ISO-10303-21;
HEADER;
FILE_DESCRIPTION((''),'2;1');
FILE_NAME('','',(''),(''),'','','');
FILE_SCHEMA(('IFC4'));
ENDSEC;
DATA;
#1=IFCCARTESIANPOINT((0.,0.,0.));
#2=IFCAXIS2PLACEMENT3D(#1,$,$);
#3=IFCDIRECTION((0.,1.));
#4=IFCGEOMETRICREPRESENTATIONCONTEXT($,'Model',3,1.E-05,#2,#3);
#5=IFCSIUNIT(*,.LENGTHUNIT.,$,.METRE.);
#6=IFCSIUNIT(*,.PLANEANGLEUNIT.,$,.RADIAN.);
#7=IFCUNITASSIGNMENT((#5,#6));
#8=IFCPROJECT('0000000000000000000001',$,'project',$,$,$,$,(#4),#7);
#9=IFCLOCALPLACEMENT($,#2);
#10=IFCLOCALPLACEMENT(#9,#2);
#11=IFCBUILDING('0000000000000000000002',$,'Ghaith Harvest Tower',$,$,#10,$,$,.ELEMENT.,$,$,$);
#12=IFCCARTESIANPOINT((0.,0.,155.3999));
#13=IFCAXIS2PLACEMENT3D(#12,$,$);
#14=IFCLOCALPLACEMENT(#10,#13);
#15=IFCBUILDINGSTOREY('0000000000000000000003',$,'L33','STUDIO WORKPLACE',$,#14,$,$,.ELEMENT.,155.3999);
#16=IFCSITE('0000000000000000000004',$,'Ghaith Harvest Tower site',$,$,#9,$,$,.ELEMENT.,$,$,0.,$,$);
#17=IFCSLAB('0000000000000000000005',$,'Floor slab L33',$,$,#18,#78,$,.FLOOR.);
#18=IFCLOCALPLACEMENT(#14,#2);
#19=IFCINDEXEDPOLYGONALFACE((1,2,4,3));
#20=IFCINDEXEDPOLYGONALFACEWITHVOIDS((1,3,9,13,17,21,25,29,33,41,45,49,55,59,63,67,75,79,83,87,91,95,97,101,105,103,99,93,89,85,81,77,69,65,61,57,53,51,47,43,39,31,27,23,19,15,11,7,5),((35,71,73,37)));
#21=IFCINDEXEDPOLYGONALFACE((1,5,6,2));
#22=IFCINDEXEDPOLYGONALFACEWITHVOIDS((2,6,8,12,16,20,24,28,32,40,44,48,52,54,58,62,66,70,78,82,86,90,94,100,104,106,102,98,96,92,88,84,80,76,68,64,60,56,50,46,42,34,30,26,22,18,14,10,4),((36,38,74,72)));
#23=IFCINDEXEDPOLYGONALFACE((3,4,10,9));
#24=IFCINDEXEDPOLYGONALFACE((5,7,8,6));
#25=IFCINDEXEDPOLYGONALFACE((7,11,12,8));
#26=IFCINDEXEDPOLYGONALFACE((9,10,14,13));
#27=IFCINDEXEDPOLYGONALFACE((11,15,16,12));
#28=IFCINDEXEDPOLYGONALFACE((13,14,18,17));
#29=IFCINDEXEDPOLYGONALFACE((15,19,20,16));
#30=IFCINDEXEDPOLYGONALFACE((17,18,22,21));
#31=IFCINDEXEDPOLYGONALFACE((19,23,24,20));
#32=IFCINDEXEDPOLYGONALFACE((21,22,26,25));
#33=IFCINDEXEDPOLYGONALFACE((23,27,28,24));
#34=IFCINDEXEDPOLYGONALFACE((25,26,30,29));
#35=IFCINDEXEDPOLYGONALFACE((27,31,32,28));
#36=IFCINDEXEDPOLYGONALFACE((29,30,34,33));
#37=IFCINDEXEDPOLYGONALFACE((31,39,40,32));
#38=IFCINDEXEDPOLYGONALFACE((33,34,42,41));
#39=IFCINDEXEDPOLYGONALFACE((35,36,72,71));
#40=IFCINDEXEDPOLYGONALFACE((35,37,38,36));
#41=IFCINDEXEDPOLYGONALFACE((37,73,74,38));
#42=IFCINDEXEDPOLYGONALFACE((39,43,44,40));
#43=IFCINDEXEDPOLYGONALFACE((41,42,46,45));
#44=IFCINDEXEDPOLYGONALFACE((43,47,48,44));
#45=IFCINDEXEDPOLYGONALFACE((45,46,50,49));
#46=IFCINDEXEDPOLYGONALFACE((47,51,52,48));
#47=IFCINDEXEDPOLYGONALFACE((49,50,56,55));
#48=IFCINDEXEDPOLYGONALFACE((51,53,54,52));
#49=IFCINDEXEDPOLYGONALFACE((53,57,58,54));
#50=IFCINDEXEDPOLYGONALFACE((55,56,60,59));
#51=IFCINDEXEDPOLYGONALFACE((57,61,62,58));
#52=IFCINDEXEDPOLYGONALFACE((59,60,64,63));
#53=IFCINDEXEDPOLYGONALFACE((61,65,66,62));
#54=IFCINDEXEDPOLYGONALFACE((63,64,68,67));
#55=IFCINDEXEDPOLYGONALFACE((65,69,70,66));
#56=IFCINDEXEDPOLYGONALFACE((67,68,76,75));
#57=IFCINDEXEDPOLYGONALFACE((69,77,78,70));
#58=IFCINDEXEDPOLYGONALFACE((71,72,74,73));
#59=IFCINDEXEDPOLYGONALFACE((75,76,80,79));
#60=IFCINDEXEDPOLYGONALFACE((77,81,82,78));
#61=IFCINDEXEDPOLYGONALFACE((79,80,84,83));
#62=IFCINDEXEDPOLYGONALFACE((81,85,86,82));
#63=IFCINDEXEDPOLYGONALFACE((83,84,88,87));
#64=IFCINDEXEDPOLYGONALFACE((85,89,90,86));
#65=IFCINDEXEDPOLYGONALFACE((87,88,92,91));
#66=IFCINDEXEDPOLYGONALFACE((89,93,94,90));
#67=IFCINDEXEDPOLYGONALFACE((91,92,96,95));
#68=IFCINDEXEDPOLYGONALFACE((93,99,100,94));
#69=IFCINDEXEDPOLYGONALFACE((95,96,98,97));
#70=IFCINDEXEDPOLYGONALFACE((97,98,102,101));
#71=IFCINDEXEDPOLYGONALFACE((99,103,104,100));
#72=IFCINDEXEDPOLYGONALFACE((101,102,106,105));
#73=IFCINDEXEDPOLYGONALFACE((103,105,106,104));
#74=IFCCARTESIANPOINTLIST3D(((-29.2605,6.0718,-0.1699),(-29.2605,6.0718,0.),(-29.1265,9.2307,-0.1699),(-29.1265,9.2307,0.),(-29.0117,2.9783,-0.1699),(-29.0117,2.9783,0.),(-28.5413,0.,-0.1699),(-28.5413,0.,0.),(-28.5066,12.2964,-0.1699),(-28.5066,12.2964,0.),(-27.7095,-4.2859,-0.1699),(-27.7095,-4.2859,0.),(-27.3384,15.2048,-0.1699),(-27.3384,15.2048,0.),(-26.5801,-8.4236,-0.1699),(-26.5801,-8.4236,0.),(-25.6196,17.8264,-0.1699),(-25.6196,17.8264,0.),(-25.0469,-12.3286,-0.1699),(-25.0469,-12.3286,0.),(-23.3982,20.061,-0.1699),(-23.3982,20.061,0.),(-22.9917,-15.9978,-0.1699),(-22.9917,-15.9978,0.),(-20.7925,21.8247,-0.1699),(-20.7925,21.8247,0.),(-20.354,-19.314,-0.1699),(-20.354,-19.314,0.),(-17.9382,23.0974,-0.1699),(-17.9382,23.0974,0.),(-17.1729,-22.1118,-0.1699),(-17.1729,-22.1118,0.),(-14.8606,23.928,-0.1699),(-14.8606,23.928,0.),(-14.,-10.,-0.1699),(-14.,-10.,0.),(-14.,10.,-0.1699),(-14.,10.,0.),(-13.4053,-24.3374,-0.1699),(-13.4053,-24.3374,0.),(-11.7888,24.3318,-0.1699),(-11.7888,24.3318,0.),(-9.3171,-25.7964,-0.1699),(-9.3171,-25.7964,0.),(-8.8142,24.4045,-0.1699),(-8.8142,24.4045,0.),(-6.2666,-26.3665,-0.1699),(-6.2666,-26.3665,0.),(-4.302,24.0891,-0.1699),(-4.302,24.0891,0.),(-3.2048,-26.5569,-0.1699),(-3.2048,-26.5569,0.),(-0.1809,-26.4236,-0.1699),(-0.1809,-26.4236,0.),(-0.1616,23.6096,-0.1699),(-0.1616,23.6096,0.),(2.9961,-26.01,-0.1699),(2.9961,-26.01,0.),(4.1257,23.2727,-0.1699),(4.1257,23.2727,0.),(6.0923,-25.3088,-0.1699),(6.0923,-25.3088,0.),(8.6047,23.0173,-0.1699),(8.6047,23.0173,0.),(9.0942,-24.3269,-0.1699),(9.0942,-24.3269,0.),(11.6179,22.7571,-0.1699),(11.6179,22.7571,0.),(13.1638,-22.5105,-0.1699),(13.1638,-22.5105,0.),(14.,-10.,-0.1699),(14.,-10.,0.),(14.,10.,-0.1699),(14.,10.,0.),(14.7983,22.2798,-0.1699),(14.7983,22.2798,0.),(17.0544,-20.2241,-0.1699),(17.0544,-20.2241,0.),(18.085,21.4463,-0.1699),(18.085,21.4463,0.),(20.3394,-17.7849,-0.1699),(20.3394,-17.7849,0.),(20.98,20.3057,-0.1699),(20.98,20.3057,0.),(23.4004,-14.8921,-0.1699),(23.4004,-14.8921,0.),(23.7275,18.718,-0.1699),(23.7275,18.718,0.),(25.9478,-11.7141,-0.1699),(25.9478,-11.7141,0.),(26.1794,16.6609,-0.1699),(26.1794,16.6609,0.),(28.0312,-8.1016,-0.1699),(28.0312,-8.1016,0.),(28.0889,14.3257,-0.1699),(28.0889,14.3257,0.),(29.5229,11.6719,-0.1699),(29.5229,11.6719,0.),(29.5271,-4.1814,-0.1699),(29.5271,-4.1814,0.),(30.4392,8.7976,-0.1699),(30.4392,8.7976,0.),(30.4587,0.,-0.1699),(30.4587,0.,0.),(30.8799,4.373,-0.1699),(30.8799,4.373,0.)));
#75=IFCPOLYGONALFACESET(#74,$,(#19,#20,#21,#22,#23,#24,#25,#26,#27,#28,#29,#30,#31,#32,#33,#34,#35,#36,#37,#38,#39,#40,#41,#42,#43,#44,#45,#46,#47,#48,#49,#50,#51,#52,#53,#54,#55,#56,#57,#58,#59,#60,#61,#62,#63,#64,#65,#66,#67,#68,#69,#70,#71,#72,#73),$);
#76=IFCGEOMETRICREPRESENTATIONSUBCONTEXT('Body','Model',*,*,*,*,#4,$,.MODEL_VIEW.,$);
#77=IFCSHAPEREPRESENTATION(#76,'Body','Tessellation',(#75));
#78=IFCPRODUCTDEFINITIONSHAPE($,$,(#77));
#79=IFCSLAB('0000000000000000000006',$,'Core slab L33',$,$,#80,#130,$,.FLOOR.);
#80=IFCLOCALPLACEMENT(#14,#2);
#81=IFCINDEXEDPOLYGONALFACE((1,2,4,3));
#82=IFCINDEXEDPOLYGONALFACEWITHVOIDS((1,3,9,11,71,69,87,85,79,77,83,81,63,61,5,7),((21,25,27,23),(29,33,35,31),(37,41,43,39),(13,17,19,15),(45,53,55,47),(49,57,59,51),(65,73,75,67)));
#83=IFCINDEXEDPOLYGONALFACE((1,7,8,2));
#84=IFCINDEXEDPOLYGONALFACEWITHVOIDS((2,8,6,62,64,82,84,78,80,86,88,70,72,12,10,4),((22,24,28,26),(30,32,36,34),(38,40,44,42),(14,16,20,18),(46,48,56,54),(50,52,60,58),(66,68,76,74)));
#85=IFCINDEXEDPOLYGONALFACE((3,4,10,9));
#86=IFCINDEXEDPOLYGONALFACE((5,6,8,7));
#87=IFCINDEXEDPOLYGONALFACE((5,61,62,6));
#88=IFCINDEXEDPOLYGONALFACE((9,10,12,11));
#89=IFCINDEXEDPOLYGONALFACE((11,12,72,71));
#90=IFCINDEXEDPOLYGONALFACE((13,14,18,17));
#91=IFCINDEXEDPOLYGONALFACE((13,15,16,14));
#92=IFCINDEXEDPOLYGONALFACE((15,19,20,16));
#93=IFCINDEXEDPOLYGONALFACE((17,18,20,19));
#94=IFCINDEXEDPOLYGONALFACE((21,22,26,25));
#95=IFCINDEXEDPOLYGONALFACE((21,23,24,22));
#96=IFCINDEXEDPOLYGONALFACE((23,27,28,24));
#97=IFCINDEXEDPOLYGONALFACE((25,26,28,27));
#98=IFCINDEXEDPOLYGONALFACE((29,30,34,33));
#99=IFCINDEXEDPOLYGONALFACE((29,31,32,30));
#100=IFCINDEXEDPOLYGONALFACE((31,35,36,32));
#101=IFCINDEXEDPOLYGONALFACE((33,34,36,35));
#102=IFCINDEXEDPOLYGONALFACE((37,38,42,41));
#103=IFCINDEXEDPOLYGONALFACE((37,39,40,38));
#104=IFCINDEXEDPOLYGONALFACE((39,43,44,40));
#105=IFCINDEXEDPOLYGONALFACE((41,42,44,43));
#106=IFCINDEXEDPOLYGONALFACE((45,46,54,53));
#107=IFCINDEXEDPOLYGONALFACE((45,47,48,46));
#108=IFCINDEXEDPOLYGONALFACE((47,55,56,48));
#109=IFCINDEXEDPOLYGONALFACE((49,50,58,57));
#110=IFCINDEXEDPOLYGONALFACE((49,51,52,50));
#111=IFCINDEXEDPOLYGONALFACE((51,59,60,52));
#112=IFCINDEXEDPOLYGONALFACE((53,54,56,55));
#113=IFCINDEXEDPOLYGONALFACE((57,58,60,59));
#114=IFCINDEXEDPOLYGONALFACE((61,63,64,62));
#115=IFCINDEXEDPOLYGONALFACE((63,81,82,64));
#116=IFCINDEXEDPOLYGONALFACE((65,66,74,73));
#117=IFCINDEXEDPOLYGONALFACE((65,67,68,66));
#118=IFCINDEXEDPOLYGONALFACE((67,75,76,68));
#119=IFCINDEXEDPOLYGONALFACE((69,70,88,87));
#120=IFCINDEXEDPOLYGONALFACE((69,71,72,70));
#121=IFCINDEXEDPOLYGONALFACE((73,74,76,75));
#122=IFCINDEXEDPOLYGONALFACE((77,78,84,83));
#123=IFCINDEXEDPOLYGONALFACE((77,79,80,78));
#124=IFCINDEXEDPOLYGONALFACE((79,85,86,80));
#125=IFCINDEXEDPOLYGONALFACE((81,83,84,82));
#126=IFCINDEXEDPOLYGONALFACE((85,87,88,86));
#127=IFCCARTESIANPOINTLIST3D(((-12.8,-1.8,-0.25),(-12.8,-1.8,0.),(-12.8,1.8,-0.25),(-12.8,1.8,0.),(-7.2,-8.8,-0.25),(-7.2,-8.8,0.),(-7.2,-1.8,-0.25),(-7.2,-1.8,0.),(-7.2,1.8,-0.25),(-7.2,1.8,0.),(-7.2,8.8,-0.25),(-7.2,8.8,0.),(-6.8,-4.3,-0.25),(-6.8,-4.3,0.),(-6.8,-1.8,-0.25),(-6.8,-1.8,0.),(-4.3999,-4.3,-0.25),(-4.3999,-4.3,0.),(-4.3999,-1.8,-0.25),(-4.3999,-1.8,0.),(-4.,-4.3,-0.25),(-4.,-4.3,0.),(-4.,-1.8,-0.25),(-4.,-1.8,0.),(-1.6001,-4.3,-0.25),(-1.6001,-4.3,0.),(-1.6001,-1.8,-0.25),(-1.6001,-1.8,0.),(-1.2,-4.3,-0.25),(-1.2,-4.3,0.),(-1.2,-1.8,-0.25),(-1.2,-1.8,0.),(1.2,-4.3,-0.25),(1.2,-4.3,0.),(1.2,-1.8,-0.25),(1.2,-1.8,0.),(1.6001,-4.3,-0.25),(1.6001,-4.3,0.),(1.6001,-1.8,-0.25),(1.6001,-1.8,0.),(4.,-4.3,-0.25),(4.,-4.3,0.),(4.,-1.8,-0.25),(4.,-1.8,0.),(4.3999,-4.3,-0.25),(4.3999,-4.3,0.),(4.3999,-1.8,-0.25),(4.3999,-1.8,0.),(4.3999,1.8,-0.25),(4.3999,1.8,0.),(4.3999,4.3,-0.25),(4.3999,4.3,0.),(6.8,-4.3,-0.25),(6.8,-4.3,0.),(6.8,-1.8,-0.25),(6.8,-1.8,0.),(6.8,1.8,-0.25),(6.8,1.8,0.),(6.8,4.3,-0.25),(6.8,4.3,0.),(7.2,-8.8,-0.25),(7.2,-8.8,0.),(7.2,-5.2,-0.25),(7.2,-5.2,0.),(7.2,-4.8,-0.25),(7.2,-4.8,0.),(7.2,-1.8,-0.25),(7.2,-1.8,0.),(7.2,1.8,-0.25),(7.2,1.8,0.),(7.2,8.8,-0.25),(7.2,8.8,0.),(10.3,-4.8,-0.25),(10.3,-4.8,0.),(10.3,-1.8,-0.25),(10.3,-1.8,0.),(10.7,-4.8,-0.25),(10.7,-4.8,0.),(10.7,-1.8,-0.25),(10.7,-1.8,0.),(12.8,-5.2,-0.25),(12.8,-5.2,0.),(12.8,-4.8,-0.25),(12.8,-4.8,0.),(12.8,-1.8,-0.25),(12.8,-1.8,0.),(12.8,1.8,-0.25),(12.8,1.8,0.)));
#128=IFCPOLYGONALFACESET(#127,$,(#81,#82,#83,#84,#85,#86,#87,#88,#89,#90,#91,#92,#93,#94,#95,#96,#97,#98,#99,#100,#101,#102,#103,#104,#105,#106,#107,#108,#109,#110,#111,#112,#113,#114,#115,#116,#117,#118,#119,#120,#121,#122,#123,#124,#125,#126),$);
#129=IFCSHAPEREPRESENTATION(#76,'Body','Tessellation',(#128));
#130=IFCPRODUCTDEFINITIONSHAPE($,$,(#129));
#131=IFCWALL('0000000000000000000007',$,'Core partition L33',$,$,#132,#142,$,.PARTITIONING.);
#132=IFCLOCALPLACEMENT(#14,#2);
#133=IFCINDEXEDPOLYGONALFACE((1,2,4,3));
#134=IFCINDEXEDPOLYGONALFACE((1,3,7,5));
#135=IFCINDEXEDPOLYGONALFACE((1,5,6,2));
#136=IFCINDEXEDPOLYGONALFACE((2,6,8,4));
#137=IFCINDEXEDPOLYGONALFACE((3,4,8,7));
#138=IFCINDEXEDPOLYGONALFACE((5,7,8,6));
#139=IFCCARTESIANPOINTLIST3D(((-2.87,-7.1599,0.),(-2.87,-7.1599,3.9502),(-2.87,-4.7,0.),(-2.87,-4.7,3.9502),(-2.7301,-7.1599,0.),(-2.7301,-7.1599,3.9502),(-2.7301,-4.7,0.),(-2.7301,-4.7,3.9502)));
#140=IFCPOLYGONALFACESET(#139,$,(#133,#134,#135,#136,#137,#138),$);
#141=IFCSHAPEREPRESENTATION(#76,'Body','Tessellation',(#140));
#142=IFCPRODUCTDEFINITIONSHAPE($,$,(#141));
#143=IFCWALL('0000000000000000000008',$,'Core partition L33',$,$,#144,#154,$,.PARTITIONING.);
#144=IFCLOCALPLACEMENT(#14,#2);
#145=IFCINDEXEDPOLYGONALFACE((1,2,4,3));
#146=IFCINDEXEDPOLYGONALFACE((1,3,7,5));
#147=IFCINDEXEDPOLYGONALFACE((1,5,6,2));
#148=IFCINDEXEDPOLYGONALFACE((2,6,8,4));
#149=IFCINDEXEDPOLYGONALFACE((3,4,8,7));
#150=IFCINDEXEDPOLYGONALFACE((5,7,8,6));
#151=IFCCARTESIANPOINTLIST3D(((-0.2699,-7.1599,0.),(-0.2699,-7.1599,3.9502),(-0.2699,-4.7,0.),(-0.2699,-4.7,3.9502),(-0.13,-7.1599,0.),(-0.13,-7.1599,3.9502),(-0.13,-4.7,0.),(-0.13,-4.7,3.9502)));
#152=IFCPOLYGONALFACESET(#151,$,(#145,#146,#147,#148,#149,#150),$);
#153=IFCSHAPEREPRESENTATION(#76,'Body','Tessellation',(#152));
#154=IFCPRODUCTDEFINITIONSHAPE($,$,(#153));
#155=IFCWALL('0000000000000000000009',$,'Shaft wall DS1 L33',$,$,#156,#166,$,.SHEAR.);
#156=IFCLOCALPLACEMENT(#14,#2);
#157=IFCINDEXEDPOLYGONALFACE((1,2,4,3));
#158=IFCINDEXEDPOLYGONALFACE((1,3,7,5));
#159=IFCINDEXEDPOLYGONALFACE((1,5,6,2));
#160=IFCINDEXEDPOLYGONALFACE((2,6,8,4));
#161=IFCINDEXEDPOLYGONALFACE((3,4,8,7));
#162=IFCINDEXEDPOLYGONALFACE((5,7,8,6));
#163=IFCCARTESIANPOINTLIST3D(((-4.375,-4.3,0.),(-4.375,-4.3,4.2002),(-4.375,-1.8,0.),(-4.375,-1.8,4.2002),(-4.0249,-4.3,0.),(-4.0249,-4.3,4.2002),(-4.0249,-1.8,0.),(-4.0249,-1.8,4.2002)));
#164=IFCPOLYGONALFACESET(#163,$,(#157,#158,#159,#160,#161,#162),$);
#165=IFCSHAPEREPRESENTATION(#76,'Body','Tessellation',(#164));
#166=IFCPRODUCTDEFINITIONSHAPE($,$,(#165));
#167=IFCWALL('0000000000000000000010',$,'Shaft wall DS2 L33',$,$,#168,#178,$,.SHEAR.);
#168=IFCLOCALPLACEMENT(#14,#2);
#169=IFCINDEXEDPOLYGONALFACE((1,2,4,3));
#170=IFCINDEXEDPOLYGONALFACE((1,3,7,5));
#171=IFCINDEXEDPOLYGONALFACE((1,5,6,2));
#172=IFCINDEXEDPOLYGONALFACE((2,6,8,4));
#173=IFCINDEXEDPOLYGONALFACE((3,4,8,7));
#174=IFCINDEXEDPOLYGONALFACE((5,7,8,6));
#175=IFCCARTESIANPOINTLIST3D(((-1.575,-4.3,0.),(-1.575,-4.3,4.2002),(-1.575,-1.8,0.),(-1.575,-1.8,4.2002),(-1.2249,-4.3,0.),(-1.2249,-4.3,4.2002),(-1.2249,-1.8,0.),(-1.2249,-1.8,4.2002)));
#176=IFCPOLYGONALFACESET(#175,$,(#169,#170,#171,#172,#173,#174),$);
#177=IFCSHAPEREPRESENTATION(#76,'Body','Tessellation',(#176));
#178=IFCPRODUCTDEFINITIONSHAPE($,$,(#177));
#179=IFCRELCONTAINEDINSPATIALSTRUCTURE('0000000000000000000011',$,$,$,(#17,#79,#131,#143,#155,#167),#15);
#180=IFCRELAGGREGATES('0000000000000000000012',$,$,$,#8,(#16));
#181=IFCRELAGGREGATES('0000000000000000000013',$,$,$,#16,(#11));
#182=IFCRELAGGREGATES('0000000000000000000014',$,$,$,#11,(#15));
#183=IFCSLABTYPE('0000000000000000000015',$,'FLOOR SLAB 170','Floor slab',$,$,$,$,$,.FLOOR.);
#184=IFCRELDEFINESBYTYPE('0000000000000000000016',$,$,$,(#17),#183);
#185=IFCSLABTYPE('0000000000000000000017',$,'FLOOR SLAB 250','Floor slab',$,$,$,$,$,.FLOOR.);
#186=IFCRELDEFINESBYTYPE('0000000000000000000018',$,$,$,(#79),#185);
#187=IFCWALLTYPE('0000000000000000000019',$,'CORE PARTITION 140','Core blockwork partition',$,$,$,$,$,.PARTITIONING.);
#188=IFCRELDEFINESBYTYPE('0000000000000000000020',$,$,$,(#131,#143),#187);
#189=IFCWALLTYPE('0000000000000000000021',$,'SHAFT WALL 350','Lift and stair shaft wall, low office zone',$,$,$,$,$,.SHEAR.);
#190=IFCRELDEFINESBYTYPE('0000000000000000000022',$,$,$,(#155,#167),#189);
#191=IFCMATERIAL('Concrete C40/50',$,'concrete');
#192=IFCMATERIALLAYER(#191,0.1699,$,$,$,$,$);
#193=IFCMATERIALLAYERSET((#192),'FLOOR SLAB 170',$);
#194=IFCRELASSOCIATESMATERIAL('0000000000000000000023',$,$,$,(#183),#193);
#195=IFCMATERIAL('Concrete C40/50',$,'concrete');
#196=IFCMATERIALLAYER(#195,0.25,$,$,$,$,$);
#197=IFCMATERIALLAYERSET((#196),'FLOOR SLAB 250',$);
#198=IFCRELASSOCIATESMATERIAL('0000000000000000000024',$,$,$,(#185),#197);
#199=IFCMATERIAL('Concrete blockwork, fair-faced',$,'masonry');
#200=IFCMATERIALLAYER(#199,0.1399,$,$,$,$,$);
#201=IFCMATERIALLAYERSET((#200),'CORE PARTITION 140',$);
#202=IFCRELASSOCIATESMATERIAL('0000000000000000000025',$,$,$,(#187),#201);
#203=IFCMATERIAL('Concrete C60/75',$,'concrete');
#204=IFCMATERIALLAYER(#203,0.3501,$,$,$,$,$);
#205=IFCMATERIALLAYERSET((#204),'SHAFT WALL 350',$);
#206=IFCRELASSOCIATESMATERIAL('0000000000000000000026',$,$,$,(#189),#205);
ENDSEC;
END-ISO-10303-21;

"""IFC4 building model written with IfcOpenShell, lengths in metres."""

from ifc_helpers import new_model, si_unit, direction, frame, frame_2d, origin, place, context, subcontext, project, spatial, polyline, rectangle, outline, extrude, material, layer, layer_set, type_object, element, save


model = new_model("IFC4")

# Units and contexts
model_context = context("Model", 3, precision=1e-05, world=origin(), true_north=direction((0.0, 1.0)))
body_context = subcontext(model_context, "Body", "Model", "MODEL_VIEW")
ifc_project = project(units=[si_unit("LENGTHUNIT", "METRE"), si_unit("PLANEANGLEUNIT", "RADIAN")], contexts=[model_context])

# Site, building, storey
site_placement = place(None, origin())
site = spatial("IfcSite", under=ifc_project, at=site_placement, Name="Ghaith Harvest Tower site", CompositionType="ELEMENT", RefElevation=0.0)
building_placement = place(site_placement, origin())
building = spatial("IfcBuilding", under=site, at=building_placement, Name="Ghaith Harvest Tower", CompositionType="ELEMENT")
storey_placement = place(building_placement, frame((0.0, 0.0, 155.3999)))
storey = spatial("IfcBuildingStorey", under=building, at=storey_placement, Name="L33", Description="STUDIO WORKPLACE", CompositionType="ELEMENT", Elevation=155.3999)

# Slabs
ifc_material_1 = material(Name="Concrete C40/50", Category="concrete")
ifc_layer_1 = layer(ifc_material_1, 0.1699)
ifc_layer_set_1 = layer_set([ifc_layer_1], Name="FLOOR SLAB 170")
slab_type_1 = type_object("IfcSlabType", Name="FLOOR SLAB 170", Description="Floor slab", PredefinedType="FLOOR", material=ifc_layer_set_1)
slab_1_placement = place(storey_placement, frame((0.0, 0.0, -0.1699)))
element("IfcSlab", 1, at=slab_1_placement, inside=storey, type_object=slab_type_1, Name="Floor slab L33", PredefinedType="FLOOR", context=body_context, shape_type="SweptSolid", body=[
    extrude(outline(polyline([(30.4587, 0.0), (30.8799, 4.373), (30.4392, 8.7976), (29.5229, 11.6719), (28.0889, 14.3257), (26.1794, 16.6609), (23.7275, 18.718), (20.98, 20.3057), (18.085, 21.4463), (14.7983, 22.2798), (11.6179, 22.7571), (8.6047, 23.0173), (4.1257, 23.2727), (-0.1616, 23.6096), (-4.302, 24.0891), (-8.8142, 24.4045), (-11.7888, 24.3318), (-14.8606, 23.928), (-17.9382, 23.0974), (-20.7925, 21.8247), (-23.3982, 20.061), (-25.6196, 17.8264), (-27.3384, 15.2048), (-28.5066, 12.2964), (-29.1265, 9.2307), (-29.2605, 6.0718), (-29.0117, 2.9783), (-28.5413, 0.0), (-27.7095, -4.2859), (-26.5801, -8.4236), (-25.0469, -12.3286), (-22.9917, -15.9978), (-20.354, -19.314), (-17.1729, -22.1118), (-13.4053, -24.3374), (-9.3171, -25.7964), (-6.2666, -26.3665), (-3.2048, -26.5569), (-0.1809, -26.4236), (2.9961, -26.01), (6.0923, -25.3088), (9.0942, -24.3269), (13.1638, -22.5105), (17.0544, -20.2241), (20.3394, -17.7849), (23.4004, -14.8921), (25.9478, -11.7141), (28.0312, -8.1016), (29.5271, -4.1814), (30.4587, 0.0)]), holes=[polyline([(-14.0, -10.0), (14.0, -10.0), (14.0, 10.0), (-14.0, 10.0), (-14.0, -10.0)])]), origin(), (0.0, 0.0, 1.0), 0.1699),
])
ifc_material_2 = material(Name="Concrete C40/50", Category="concrete")
ifc_layer_2 = layer(ifc_material_2, 0.25)
ifc_layer_set_2 = layer_set([ifc_layer_2], Name="FLOOR SLAB 250")
slab_type_2 = type_object("IfcSlabType", Name="FLOOR SLAB 250", Description="Floor slab", PredefinedType="FLOOR", material=ifc_layer_set_2)
slab_2_placement = place(storey_placement, frame((0.0, 0.0, -0.25)))
element("IfcSlab", 2, at=slab_2_placement, inside=storey, type_object=slab_type_2, Name="Core slab L33", PredefinedType="FLOOR", context=body_context, shape_type="SweptSolid", body=[
    extrude(outline(polyline([(-12.8, 1.8), (-7.2, 1.8), (-7.2, 8.8), (7.2, 8.8), (7.2, 1.8), (12.8, 1.8), (12.8, -1.8), (10.7, -1.8), (10.7, -4.8), (12.8, -4.8), (12.8, -5.2), (7.2, -5.2), (7.2, -8.8), (-7.2, -8.8), (-7.2, -1.8), (-12.8, -1.8), (-12.8, 1.8)]), holes=[polyline([(-4.3999, -4.3), (-4.3999, -1.8), (-6.8, -1.8), (-6.8, -4.3), (-4.3999, -4.3)]), polyline([(-1.6001, -4.3), (-1.6001, -1.8), (-4.0, -1.8), (-4.0, -4.3), (-1.6001, -4.3)]), polyline([(1.2, -1.8), (-1.2, -1.8), (-1.2, -4.3), (1.2, -4.3), (1.2, -1.8)]), polyline([(4.0, -4.3), (4.0, -1.8), (1.6001, -1.8), (1.6001, -4.3), (4.0, -4.3)]), polyline([(10.3, -4.8), (10.3, -1.8), (7.2, -1.8), (7.2, -4.8), (10.3, -4.8)]), polyline([(6.8, -1.8), (4.3999, -1.8), (4.3999, -4.3), (6.8, -4.3), (6.8, -1.8)]), polyline([(6.8, 1.8), (6.8, 4.3), (4.3999, 4.3), (4.3999, 1.8), (6.8, 1.8)])]), origin(), (0.0, 0.0, 1.0), 0.25),
])

# Walls
ifc_material_3 = material(Name="Concrete blockwork, fair-faced", Category="masonry")
ifc_layer_3 = layer(ifc_material_3, 0.1399)
ifc_layer_set_3 = layer_set([ifc_layer_3], Name="CORE PARTITION 140")
wall_type_1 = type_object("IfcWallType", Name="CORE PARTITION 140", Description="Core blockwork partition", PredefinedType="PARTITIONING", material=ifc_layer_set_3)
for number, where, z_axis, x_axis, name in (
    (3, (-2.8, -4.7, 0.0), (0.0, 0.0, 1.0), (0.0, -1.0, 0.0), "Core partition L33"),
    (4, (-0.2, -4.7, 0.0), (0.0, 0.0, 1.0), (0.0, -1.0, 0.0), "Core partition L33"),
):
    element("IfcWall", number, at=place(storey_placement, frame(where, z_axis=z_axis, x_axis=x_axis)), inside=storey, type_object=wall_type_1, Name=name, PredefinedType="PARTITIONING", context=body_context, shape_type="SweptSolid", body=[
        extrude(rectangle(XDim=2.46, YDim=0.1399, at=frame_2d((1.23, 0.0))), origin(), (0.0, 0.0, 1.0), 3.9502),
    ])

# Shared definitions
ifc_material_4 = material(Name="Concrete C60/75", Category="concrete")
ifc_layer_4 = layer(ifc_material_4, 0.3501)
ifc_layer_set_4 = layer_set([ifc_layer_4], Name="SHAFT WALL 350")
wall_type_2 = type_object("IfcWallType", Name="SHAFT WALL 350", Description="Lift and stair shaft wall, low office zone", PredefinedType="SHEAR", material=ifc_layer_set_4)

# Walls
for number, where, z_axis, x_axis, name in (
    (5, (-4.2, -4.3, 0.0), (0.0, 0.0, 1.0), (0.0, 1.0, 0.0), "Shaft wall DS1 L33"),
    (6, (-1.3999, -4.3, 0.0), (0.0, 0.0, 1.0), (0.0, 1.0, 0.0), "Shaft wall DS2 L33"),
):
    element("IfcWall", number, at=place(storey_placement, frame(where, z_axis=z_axis, x_axis=x_axis)), inside=storey, type_object=wall_type_2, Name=name, PredefinedType="SHEAR", context=body_context, shape_type="SweptSolid", body=[
        extrude(rectangle(XDim=2.5, YDim=0.3501, at=frame_2d((1.25, 0.0))), origin(), (0.0, 0.0, 1.0), 4.2002),
    ])

save(model, "model.ifc")
